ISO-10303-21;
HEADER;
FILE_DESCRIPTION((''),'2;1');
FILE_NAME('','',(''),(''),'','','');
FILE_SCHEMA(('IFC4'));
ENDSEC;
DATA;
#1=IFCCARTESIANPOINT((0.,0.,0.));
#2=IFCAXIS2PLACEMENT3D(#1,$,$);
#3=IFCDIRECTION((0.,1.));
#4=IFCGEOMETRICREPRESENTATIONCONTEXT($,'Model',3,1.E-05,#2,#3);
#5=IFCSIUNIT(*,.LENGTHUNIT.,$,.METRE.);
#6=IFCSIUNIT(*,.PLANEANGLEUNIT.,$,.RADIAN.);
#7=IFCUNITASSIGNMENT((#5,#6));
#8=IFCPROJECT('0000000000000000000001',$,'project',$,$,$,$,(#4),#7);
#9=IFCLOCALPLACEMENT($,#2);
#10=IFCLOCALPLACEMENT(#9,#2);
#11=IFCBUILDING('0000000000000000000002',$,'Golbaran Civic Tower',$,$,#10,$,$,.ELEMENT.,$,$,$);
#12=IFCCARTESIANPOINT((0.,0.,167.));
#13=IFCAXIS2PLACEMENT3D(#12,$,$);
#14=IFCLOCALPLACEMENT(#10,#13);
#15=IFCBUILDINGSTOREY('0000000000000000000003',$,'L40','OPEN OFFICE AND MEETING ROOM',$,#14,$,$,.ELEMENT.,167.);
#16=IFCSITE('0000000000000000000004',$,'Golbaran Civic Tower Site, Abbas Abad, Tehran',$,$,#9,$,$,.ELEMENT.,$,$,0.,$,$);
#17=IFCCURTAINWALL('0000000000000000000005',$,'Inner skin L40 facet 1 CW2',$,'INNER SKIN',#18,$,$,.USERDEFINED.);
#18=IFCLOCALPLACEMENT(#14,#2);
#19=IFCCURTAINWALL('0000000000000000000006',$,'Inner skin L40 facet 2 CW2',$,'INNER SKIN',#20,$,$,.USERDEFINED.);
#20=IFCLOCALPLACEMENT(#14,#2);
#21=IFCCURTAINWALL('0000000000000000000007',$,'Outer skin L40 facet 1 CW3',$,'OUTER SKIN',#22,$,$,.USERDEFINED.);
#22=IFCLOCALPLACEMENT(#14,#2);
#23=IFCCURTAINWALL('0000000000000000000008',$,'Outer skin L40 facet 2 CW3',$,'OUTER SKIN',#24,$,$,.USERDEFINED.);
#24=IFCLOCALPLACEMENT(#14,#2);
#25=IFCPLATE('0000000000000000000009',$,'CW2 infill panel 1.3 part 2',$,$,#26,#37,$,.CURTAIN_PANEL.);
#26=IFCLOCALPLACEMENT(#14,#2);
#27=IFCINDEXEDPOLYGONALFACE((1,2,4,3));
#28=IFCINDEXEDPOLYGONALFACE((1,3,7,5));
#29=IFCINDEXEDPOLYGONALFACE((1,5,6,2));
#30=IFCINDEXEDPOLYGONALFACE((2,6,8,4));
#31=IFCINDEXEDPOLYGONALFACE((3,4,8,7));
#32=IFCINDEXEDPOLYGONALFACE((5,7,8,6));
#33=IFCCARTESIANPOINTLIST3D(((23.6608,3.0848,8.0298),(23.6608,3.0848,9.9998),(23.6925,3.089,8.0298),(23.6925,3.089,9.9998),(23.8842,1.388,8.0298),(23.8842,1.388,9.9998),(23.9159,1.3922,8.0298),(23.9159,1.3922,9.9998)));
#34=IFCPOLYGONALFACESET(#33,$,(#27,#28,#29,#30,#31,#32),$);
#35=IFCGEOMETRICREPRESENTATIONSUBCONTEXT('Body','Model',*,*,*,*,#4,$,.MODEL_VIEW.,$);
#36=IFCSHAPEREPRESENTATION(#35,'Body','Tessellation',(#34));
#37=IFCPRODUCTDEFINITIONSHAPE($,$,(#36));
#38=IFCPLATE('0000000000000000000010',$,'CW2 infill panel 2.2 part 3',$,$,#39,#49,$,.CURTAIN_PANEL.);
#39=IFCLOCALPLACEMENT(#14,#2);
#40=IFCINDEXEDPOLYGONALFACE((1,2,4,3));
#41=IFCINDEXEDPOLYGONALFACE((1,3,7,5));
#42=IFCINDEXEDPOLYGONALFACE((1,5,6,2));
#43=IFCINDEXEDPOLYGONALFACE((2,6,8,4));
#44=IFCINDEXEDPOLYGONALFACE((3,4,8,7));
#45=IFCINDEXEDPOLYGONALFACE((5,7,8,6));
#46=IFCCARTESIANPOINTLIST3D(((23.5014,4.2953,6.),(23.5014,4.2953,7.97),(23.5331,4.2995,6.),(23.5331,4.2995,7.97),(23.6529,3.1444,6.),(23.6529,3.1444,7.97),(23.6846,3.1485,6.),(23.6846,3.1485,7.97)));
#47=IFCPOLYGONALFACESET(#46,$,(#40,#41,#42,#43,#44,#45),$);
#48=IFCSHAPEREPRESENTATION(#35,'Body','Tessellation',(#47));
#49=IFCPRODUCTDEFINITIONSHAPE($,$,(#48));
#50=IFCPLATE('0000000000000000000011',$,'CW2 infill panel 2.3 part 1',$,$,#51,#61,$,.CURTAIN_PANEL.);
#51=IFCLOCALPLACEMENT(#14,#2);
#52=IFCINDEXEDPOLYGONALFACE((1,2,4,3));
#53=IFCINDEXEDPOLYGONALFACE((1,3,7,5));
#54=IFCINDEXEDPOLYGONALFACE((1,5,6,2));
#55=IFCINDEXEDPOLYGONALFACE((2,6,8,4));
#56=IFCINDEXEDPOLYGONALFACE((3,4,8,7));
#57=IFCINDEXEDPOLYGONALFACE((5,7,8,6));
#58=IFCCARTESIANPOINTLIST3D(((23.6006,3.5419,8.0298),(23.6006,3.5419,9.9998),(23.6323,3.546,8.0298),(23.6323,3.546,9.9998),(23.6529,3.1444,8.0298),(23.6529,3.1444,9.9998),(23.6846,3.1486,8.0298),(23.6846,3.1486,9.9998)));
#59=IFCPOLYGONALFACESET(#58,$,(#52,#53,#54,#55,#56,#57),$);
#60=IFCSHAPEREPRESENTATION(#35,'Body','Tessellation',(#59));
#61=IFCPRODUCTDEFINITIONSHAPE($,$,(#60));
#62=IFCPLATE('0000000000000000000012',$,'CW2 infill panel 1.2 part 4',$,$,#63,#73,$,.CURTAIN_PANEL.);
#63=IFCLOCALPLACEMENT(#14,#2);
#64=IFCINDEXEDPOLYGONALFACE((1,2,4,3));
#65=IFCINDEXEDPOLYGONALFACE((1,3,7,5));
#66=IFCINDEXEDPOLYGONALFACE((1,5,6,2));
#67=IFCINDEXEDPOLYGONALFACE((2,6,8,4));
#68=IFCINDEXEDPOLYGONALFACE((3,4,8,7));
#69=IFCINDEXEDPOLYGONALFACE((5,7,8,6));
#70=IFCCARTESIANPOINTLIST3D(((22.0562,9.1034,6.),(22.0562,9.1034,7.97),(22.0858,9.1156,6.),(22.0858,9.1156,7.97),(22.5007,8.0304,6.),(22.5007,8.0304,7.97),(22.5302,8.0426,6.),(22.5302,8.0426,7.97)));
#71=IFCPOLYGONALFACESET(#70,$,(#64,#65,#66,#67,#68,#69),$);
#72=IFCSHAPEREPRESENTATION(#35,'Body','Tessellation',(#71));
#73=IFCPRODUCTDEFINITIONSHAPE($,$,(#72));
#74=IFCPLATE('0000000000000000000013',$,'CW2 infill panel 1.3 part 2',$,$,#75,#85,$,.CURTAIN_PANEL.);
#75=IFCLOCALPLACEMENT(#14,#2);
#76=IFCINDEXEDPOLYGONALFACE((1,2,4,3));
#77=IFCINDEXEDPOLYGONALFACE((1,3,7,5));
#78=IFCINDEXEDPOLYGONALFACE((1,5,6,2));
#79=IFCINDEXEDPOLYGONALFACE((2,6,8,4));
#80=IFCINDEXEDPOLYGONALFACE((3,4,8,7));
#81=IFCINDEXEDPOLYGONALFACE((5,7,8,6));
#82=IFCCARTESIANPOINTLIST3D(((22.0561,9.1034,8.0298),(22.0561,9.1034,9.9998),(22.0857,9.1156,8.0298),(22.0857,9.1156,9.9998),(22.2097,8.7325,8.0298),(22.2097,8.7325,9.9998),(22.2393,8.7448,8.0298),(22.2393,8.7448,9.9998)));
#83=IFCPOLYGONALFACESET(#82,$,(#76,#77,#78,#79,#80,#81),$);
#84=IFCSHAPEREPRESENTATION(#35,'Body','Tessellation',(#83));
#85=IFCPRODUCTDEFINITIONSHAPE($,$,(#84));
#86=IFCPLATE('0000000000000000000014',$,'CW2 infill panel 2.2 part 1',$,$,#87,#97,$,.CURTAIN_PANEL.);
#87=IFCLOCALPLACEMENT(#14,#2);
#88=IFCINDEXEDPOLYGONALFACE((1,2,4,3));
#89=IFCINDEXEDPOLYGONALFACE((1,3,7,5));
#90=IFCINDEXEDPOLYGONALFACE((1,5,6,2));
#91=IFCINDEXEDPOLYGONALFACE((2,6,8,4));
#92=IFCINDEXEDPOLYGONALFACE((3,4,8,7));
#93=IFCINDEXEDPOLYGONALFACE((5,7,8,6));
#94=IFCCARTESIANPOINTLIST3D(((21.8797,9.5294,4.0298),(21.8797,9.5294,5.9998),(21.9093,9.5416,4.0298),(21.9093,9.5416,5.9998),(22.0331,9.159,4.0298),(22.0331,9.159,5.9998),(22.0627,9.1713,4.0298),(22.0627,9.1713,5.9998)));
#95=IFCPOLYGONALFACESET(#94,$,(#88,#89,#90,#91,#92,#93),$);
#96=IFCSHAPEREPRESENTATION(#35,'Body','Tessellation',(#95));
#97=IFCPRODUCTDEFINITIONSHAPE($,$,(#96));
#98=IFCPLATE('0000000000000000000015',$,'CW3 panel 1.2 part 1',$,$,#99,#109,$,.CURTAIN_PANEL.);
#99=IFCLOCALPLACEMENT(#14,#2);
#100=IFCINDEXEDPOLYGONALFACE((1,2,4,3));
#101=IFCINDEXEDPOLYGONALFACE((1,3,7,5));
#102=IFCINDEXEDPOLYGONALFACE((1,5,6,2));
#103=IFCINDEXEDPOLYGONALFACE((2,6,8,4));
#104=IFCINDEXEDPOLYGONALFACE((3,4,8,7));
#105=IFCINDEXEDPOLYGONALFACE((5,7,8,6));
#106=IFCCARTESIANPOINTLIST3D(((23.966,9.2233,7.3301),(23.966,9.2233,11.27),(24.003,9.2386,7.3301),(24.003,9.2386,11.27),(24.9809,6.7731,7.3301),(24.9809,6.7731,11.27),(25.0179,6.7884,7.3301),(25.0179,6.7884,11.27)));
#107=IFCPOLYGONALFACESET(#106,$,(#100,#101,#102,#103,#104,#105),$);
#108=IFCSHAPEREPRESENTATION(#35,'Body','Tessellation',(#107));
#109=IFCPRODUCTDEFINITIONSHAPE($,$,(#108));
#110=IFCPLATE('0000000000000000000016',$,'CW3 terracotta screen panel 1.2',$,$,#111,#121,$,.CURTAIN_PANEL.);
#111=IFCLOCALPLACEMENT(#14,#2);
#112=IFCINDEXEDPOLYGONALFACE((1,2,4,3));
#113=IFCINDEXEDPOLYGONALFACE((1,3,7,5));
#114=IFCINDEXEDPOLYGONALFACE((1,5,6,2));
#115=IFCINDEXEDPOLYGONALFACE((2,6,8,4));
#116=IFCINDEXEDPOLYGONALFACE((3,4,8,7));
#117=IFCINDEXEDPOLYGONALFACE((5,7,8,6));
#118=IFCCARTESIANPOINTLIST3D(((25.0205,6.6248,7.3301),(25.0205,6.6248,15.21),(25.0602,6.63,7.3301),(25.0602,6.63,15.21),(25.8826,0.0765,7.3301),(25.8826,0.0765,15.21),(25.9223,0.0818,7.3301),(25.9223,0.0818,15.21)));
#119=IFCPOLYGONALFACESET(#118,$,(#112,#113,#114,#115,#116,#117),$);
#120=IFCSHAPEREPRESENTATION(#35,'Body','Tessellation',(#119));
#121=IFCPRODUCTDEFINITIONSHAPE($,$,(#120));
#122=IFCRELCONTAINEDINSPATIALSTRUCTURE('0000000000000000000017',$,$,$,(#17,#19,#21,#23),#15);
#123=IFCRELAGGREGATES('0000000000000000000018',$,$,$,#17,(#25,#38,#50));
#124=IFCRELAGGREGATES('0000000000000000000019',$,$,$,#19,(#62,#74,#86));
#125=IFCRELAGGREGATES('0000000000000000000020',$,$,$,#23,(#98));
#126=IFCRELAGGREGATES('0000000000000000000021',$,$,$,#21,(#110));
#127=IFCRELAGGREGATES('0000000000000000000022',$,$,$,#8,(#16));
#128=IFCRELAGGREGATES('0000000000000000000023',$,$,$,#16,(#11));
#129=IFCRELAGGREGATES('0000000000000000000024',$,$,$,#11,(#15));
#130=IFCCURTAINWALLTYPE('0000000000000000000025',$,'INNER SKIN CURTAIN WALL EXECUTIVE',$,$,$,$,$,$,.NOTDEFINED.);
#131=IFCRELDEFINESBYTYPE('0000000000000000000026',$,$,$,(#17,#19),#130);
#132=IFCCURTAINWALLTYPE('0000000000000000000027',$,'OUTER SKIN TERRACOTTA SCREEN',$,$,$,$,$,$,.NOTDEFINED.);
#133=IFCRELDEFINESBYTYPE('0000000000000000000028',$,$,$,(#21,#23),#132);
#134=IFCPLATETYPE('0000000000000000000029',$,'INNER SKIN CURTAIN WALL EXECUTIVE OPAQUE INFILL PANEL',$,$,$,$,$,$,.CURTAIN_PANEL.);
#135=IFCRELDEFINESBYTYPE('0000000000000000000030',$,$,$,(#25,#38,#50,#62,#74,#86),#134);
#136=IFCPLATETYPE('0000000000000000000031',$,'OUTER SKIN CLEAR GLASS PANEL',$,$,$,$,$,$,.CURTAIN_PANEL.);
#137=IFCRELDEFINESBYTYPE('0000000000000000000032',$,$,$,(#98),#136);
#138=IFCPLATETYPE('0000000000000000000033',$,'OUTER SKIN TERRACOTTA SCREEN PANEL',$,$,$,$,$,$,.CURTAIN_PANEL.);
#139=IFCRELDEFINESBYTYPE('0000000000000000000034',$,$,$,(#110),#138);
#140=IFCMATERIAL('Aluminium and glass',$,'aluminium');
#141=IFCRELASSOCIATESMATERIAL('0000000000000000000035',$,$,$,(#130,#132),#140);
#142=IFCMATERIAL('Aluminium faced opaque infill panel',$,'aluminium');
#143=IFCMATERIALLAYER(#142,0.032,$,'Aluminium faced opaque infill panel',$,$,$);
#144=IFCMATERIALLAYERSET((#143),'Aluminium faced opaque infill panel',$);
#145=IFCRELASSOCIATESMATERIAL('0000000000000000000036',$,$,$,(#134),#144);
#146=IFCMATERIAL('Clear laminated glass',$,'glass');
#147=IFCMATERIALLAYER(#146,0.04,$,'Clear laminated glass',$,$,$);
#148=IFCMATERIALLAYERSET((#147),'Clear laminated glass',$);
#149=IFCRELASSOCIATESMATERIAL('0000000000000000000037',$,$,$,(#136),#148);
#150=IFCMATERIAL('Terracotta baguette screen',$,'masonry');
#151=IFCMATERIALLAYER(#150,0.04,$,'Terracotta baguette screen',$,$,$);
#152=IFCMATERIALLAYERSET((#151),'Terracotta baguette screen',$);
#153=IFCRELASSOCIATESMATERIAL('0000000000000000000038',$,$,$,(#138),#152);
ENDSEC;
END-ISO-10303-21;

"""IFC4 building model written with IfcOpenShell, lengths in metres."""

from ifc_helpers import new_model, si_unit, direction, frame, origin, origin_2d, place, context, subcontext, project, spatial, rectangle, extrude, material, layer, layer_set, type_object, element, aggregate, save


model = new_model("IFC4")

# Units and contexts
model_context = context("Model", 3, precision=1e-05, world=origin(), true_north=direction((0.0, 1.0)))
body_context = subcontext(model_context, "Body", "Model", "MODEL_VIEW")
ifc_project = project(units=[si_unit("LENGTHUNIT", "METRE"), si_unit("PLANEANGLEUNIT", "RADIAN")], contexts=[model_context])

# Site, building, storey
site_placement = place(None, origin())
site = spatial("IfcSite", under=ifc_project, at=site_placement, Name="Golbaran Civic Tower Site, Abbas Abad, Tehran", CompositionType="ELEMENT", RefElevation=0.0)
building_placement = place(site_placement, origin())
building = spatial("IfcBuilding", under=site, at=building_placement, Name="Golbaran Civic Tower", CompositionType="ELEMENT")
storey_placement = place(building_placement, frame((0.0, 0.0, 167.0)))
storey = spatial("IfcBuildingStorey", under=building, at=storey_placement, Name="L40", Description="OPEN OFFICE AND MEETING ROOM", CompositionType="ELEMENT", Elevation=167.0)

# Curtain walls
ifc_material_1 = material(Name="Aluminium and glass", Category="aluminium")
curtain_wall_type_1 = type_object("IfcCurtainWallType", Name="INNER SKIN CURTAIN WALL EXECUTIVE", PredefinedType="NOTDEFINED", material=ifc_material_1)
curtain_wall_1_placement = place(storey_placement, origin())
curtain_wall_1 = element("IfcCurtainWall", 1, at=curtain_wall_1_placement, inside=storey, type_object=curtain_wall_type_1, Name="Inner skin L40 facet 1 CW2", ObjectType="INNER SKIN", PredefinedType="USERDEFINED")
curtain_wall_2_placement = place(storey_placement, origin())
curtain_wall_2 = element("IfcCurtainWall", 2, at=curtain_wall_2_placement, inside=storey, type_object=curtain_wall_type_1, Name="Inner skin L40 facet 2 CW2", ObjectType="INNER SKIN", PredefinedType="USERDEFINED")

# Curtain walls
curtain_wall_type_2 = type_object("IfcCurtainWallType", Name="OUTER SKIN TERRACOTTA SCREEN", PredefinedType="NOTDEFINED", material=ifc_material_1)
curtain_wall_3_placement = place(storey_placement, origin())
curtain_wall_3 = element("IfcCurtainWall", 3, at=curtain_wall_3_placement, inside=storey, type_object=curtain_wall_type_2, Name="Outer skin L40 facet 1 CW3", ObjectType="OUTER SKIN", PredefinedType="USERDEFINED")
curtain_wall_4_placement = place(storey_placement, origin())
curtain_wall_4 = element("IfcCurtainWall", 4, at=curtain_wall_4_placement, inside=storey, type_object=curtain_wall_type_2, Name="Outer skin L40 facet 2 CW3", ObjectType="OUTER SKIN", PredefinedType="USERDEFINED")

# Plates
ifc_material_2 = material(Name="Aluminium faced opaque infill panel", Category="aluminium")
ifc_layer_1 = layer(ifc_material_2, 0.032, Name="Aluminium faced opaque infill panel")
ifc_layer_set_1 = layer_set([ifc_layer_1], Name="Aluminium faced opaque infill panel")
plate_type_1 = type_object("IfcPlateType", Name="INNER SKIN CURTAIN WALL EXECUTIVE OPAQUE INFILL PANEL", PredefinedType="CURTAIN_PANEL", material=ifc_layer_set_1)
plate_1_placement = place(storey_placement, frame((23.7883, 2.2385, 8.0298), z_axis=(0.0, 0.0, 1.0), x_axis=(-0.130526, 0.991445, 0.0)))
plate_1 = element("IfcPlate", 5, at=plate_1_placement, type_object=plate_type_1, Name="CW2 infill panel 1.3 part 2", PredefinedType="CURTAIN_PANEL", context=body_context, shape_type="SweptSolid", body=[
    extrude(rectangle(XDim=1.7114, YDim=0.032, at=origin_2d()), origin(), (0.0, 0.0, 1.0), 1.97),
])
plate_2_placement = place(storey_placement, frame((23.593, 3.7219, 6.0), z_axis=(0.0, 0.0, 1.0), x_axis=(-0.130526, 0.991445, 0.0)))
plate_2 = element("IfcPlate", 6, at=plate_2_placement, type_object=plate_type_1, Name="CW2 infill panel 2.2 part 3", PredefinedType="CURTAIN_PANEL", context=body_context, shape_type="SweptSolid", body=[
    extrude(rectangle(XDim=1.1609, YDim=0.032, at=origin_2d()), origin(), (0.0, 0.0, 1.0), 1.97),
])
plate_3_placement = place(storey_placement, frame((23.6426, 3.3452, 8.0298), z_axis=(0.0, 0.0, 1.0), x_axis=(-0.130526, 0.991445, 0.0)))
plate_3 = element("IfcPlate", 7, at=plate_3_placement, type_object=plate_type_1, Name="CW2 infill panel 2.3 part 1", PredefinedType="CURTAIN_PANEL", context=body_context, shape_type="SweptSolid", body=[
    extrude(rectangle(XDim=0.4009, YDim=0.032, at=origin_2d()), origin(), (0.0, 0.0, 1.0), 1.97),
])
aggregate(curtain_wall_1, [plate_1, plate_2, plate_3])
plate_4_placement = place(storey_placement, frame((22.2932, 8.573, 6.0), z_axis=(0.0, 0.0, 1.0), x_axis=(-0.382683, 0.92388, 0.0)))
plate_4 = element("IfcPlate", 8, at=plate_4_placement, type_object=plate_type_1, Name="CW2 infill panel 1.2 part 4", PredefinedType="CURTAIN_PANEL", context=body_context, shape_type="SweptSolid", body=[
    extrude(rectangle(XDim=1.1614, YDim=0.032, at=origin_2d()), origin(), (0.0, 0.0, 1.0), 1.97),
])
plate_5_placement = place(storey_placement, frame((22.1477, 8.9241, 8.0298), z_axis=(0.0, 0.0, 1.0), x_axis=(-0.382683, 0.92388, 0.0)))
plate_5 = element("IfcPlate", 9, at=plate_5_placement, type_object=plate_type_1, Name="CW2 infill panel 1.3 part 2", PredefinedType="CURTAIN_PANEL", context=body_context, shape_type="SweptSolid", body=[
    extrude(rectangle(XDim=0.4014, YDim=0.032, at=origin_2d()), origin(), (0.0, 0.0, 1.0), 1.97),
])
plate_6_placement = place(storey_placement, frame((21.9712, 9.3503, 4.0298), z_axis=(0.0, 0.0, 1.0), x_axis=(-0.382683, 0.92388, 0.0)))
plate_6 = element("IfcPlate", 10, at=plate_6_placement, type_object=plate_type_1, Name="CW2 infill panel 2.2 part 1", PredefinedType="CURTAIN_PANEL", context=body_context, shape_type="SweptSolid", body=[
    extrude(rectangle(XDim=0.4009, YDim=0.032, at=origin_2d()), origin(), (0.0, 0.0, 1.0), 1.97),
])
aggregate(curtain_wall_2, [plate_4, plate_5, plate_6])
ifc_material_3 = material(Name="Clear laminated glass", Category="glass")
ifc_layer_2 = layer(ifc_material_3, 0.04, Name="Clear laminated glass")
ifc_layer_set_2 = layer_set([ifc_layer_2], Name="Clear laminated glass")
plate_type_2 = type_object("IfcPlateType", Name="OUTER SKIN CLEAR GLASS PANEL", PredefinedType="CURTAIN_PANEL", material=ifc_layer_set_2)
plate_7_placement = place(storey_placement, frame((24.4919, 8.0059, 7.3301), z_axis=(0.0, 0.0, 1.0), x_axis=(-0.382683, 0.92388, 0.0)))
plate_7 = element("IfcPlate", 11, at=plate_7_placement, type_object=plate_type_2, Name="CW3 panel 1.2 part 1", PredefinedType="CURTAIN_PANEL", context=body_context, shape_type="SweptSolid", body=[
    extrude(rectangle(XDim=2.6521, YDim=0.04, at=origin_2d()), origin(), (0.0, 0.0, 1.0), 3.9399),
])
aggregate(curtain_wall_4, [plate_7])
ifc_material_4 = material(Name="Terracotta baguette screen", Category="masonry")
ifc_layer_3 = layer(ifc_material_4, 0.04, Name="Terracotta baguette screen")
ifc_layer_set_3 = layer_set([ifc_layer_3], Name="Terracotta baguette screen")
plate_type_3 = type_object("IfcPlateType", Name="OUTER SKIN TERRACOTTA SCREEN PANEL", PredefinedType="CURTAIN_PANEL", material=ifc_layer_set_3)
plate_8_placement = place(storey_placement, frame((25.4714, 3.3533, 7.3301), z_axis=(0.0, 0.0, 1.0), x_axis=(-0.130526, 0.991445, 0.0)))
plate_8 = element("IfcPlate", 12, at=plate_8_placement, type_object=plate_type_3, Name="CW3 terracotta screen panel 1.2", PredefinedType="CURTAIN_PANEL", context=body_context, shape_type="SweptSolid", body=[
    extrude(rectangle(XDim=6.6047, YDim=0.04, at=origin_2d()), origin(), (0.0, 0.0, 1.0), 7.8799),
])
aggregate(curtain_wall_3, [plate_8])

save(model, "model.ifc")
